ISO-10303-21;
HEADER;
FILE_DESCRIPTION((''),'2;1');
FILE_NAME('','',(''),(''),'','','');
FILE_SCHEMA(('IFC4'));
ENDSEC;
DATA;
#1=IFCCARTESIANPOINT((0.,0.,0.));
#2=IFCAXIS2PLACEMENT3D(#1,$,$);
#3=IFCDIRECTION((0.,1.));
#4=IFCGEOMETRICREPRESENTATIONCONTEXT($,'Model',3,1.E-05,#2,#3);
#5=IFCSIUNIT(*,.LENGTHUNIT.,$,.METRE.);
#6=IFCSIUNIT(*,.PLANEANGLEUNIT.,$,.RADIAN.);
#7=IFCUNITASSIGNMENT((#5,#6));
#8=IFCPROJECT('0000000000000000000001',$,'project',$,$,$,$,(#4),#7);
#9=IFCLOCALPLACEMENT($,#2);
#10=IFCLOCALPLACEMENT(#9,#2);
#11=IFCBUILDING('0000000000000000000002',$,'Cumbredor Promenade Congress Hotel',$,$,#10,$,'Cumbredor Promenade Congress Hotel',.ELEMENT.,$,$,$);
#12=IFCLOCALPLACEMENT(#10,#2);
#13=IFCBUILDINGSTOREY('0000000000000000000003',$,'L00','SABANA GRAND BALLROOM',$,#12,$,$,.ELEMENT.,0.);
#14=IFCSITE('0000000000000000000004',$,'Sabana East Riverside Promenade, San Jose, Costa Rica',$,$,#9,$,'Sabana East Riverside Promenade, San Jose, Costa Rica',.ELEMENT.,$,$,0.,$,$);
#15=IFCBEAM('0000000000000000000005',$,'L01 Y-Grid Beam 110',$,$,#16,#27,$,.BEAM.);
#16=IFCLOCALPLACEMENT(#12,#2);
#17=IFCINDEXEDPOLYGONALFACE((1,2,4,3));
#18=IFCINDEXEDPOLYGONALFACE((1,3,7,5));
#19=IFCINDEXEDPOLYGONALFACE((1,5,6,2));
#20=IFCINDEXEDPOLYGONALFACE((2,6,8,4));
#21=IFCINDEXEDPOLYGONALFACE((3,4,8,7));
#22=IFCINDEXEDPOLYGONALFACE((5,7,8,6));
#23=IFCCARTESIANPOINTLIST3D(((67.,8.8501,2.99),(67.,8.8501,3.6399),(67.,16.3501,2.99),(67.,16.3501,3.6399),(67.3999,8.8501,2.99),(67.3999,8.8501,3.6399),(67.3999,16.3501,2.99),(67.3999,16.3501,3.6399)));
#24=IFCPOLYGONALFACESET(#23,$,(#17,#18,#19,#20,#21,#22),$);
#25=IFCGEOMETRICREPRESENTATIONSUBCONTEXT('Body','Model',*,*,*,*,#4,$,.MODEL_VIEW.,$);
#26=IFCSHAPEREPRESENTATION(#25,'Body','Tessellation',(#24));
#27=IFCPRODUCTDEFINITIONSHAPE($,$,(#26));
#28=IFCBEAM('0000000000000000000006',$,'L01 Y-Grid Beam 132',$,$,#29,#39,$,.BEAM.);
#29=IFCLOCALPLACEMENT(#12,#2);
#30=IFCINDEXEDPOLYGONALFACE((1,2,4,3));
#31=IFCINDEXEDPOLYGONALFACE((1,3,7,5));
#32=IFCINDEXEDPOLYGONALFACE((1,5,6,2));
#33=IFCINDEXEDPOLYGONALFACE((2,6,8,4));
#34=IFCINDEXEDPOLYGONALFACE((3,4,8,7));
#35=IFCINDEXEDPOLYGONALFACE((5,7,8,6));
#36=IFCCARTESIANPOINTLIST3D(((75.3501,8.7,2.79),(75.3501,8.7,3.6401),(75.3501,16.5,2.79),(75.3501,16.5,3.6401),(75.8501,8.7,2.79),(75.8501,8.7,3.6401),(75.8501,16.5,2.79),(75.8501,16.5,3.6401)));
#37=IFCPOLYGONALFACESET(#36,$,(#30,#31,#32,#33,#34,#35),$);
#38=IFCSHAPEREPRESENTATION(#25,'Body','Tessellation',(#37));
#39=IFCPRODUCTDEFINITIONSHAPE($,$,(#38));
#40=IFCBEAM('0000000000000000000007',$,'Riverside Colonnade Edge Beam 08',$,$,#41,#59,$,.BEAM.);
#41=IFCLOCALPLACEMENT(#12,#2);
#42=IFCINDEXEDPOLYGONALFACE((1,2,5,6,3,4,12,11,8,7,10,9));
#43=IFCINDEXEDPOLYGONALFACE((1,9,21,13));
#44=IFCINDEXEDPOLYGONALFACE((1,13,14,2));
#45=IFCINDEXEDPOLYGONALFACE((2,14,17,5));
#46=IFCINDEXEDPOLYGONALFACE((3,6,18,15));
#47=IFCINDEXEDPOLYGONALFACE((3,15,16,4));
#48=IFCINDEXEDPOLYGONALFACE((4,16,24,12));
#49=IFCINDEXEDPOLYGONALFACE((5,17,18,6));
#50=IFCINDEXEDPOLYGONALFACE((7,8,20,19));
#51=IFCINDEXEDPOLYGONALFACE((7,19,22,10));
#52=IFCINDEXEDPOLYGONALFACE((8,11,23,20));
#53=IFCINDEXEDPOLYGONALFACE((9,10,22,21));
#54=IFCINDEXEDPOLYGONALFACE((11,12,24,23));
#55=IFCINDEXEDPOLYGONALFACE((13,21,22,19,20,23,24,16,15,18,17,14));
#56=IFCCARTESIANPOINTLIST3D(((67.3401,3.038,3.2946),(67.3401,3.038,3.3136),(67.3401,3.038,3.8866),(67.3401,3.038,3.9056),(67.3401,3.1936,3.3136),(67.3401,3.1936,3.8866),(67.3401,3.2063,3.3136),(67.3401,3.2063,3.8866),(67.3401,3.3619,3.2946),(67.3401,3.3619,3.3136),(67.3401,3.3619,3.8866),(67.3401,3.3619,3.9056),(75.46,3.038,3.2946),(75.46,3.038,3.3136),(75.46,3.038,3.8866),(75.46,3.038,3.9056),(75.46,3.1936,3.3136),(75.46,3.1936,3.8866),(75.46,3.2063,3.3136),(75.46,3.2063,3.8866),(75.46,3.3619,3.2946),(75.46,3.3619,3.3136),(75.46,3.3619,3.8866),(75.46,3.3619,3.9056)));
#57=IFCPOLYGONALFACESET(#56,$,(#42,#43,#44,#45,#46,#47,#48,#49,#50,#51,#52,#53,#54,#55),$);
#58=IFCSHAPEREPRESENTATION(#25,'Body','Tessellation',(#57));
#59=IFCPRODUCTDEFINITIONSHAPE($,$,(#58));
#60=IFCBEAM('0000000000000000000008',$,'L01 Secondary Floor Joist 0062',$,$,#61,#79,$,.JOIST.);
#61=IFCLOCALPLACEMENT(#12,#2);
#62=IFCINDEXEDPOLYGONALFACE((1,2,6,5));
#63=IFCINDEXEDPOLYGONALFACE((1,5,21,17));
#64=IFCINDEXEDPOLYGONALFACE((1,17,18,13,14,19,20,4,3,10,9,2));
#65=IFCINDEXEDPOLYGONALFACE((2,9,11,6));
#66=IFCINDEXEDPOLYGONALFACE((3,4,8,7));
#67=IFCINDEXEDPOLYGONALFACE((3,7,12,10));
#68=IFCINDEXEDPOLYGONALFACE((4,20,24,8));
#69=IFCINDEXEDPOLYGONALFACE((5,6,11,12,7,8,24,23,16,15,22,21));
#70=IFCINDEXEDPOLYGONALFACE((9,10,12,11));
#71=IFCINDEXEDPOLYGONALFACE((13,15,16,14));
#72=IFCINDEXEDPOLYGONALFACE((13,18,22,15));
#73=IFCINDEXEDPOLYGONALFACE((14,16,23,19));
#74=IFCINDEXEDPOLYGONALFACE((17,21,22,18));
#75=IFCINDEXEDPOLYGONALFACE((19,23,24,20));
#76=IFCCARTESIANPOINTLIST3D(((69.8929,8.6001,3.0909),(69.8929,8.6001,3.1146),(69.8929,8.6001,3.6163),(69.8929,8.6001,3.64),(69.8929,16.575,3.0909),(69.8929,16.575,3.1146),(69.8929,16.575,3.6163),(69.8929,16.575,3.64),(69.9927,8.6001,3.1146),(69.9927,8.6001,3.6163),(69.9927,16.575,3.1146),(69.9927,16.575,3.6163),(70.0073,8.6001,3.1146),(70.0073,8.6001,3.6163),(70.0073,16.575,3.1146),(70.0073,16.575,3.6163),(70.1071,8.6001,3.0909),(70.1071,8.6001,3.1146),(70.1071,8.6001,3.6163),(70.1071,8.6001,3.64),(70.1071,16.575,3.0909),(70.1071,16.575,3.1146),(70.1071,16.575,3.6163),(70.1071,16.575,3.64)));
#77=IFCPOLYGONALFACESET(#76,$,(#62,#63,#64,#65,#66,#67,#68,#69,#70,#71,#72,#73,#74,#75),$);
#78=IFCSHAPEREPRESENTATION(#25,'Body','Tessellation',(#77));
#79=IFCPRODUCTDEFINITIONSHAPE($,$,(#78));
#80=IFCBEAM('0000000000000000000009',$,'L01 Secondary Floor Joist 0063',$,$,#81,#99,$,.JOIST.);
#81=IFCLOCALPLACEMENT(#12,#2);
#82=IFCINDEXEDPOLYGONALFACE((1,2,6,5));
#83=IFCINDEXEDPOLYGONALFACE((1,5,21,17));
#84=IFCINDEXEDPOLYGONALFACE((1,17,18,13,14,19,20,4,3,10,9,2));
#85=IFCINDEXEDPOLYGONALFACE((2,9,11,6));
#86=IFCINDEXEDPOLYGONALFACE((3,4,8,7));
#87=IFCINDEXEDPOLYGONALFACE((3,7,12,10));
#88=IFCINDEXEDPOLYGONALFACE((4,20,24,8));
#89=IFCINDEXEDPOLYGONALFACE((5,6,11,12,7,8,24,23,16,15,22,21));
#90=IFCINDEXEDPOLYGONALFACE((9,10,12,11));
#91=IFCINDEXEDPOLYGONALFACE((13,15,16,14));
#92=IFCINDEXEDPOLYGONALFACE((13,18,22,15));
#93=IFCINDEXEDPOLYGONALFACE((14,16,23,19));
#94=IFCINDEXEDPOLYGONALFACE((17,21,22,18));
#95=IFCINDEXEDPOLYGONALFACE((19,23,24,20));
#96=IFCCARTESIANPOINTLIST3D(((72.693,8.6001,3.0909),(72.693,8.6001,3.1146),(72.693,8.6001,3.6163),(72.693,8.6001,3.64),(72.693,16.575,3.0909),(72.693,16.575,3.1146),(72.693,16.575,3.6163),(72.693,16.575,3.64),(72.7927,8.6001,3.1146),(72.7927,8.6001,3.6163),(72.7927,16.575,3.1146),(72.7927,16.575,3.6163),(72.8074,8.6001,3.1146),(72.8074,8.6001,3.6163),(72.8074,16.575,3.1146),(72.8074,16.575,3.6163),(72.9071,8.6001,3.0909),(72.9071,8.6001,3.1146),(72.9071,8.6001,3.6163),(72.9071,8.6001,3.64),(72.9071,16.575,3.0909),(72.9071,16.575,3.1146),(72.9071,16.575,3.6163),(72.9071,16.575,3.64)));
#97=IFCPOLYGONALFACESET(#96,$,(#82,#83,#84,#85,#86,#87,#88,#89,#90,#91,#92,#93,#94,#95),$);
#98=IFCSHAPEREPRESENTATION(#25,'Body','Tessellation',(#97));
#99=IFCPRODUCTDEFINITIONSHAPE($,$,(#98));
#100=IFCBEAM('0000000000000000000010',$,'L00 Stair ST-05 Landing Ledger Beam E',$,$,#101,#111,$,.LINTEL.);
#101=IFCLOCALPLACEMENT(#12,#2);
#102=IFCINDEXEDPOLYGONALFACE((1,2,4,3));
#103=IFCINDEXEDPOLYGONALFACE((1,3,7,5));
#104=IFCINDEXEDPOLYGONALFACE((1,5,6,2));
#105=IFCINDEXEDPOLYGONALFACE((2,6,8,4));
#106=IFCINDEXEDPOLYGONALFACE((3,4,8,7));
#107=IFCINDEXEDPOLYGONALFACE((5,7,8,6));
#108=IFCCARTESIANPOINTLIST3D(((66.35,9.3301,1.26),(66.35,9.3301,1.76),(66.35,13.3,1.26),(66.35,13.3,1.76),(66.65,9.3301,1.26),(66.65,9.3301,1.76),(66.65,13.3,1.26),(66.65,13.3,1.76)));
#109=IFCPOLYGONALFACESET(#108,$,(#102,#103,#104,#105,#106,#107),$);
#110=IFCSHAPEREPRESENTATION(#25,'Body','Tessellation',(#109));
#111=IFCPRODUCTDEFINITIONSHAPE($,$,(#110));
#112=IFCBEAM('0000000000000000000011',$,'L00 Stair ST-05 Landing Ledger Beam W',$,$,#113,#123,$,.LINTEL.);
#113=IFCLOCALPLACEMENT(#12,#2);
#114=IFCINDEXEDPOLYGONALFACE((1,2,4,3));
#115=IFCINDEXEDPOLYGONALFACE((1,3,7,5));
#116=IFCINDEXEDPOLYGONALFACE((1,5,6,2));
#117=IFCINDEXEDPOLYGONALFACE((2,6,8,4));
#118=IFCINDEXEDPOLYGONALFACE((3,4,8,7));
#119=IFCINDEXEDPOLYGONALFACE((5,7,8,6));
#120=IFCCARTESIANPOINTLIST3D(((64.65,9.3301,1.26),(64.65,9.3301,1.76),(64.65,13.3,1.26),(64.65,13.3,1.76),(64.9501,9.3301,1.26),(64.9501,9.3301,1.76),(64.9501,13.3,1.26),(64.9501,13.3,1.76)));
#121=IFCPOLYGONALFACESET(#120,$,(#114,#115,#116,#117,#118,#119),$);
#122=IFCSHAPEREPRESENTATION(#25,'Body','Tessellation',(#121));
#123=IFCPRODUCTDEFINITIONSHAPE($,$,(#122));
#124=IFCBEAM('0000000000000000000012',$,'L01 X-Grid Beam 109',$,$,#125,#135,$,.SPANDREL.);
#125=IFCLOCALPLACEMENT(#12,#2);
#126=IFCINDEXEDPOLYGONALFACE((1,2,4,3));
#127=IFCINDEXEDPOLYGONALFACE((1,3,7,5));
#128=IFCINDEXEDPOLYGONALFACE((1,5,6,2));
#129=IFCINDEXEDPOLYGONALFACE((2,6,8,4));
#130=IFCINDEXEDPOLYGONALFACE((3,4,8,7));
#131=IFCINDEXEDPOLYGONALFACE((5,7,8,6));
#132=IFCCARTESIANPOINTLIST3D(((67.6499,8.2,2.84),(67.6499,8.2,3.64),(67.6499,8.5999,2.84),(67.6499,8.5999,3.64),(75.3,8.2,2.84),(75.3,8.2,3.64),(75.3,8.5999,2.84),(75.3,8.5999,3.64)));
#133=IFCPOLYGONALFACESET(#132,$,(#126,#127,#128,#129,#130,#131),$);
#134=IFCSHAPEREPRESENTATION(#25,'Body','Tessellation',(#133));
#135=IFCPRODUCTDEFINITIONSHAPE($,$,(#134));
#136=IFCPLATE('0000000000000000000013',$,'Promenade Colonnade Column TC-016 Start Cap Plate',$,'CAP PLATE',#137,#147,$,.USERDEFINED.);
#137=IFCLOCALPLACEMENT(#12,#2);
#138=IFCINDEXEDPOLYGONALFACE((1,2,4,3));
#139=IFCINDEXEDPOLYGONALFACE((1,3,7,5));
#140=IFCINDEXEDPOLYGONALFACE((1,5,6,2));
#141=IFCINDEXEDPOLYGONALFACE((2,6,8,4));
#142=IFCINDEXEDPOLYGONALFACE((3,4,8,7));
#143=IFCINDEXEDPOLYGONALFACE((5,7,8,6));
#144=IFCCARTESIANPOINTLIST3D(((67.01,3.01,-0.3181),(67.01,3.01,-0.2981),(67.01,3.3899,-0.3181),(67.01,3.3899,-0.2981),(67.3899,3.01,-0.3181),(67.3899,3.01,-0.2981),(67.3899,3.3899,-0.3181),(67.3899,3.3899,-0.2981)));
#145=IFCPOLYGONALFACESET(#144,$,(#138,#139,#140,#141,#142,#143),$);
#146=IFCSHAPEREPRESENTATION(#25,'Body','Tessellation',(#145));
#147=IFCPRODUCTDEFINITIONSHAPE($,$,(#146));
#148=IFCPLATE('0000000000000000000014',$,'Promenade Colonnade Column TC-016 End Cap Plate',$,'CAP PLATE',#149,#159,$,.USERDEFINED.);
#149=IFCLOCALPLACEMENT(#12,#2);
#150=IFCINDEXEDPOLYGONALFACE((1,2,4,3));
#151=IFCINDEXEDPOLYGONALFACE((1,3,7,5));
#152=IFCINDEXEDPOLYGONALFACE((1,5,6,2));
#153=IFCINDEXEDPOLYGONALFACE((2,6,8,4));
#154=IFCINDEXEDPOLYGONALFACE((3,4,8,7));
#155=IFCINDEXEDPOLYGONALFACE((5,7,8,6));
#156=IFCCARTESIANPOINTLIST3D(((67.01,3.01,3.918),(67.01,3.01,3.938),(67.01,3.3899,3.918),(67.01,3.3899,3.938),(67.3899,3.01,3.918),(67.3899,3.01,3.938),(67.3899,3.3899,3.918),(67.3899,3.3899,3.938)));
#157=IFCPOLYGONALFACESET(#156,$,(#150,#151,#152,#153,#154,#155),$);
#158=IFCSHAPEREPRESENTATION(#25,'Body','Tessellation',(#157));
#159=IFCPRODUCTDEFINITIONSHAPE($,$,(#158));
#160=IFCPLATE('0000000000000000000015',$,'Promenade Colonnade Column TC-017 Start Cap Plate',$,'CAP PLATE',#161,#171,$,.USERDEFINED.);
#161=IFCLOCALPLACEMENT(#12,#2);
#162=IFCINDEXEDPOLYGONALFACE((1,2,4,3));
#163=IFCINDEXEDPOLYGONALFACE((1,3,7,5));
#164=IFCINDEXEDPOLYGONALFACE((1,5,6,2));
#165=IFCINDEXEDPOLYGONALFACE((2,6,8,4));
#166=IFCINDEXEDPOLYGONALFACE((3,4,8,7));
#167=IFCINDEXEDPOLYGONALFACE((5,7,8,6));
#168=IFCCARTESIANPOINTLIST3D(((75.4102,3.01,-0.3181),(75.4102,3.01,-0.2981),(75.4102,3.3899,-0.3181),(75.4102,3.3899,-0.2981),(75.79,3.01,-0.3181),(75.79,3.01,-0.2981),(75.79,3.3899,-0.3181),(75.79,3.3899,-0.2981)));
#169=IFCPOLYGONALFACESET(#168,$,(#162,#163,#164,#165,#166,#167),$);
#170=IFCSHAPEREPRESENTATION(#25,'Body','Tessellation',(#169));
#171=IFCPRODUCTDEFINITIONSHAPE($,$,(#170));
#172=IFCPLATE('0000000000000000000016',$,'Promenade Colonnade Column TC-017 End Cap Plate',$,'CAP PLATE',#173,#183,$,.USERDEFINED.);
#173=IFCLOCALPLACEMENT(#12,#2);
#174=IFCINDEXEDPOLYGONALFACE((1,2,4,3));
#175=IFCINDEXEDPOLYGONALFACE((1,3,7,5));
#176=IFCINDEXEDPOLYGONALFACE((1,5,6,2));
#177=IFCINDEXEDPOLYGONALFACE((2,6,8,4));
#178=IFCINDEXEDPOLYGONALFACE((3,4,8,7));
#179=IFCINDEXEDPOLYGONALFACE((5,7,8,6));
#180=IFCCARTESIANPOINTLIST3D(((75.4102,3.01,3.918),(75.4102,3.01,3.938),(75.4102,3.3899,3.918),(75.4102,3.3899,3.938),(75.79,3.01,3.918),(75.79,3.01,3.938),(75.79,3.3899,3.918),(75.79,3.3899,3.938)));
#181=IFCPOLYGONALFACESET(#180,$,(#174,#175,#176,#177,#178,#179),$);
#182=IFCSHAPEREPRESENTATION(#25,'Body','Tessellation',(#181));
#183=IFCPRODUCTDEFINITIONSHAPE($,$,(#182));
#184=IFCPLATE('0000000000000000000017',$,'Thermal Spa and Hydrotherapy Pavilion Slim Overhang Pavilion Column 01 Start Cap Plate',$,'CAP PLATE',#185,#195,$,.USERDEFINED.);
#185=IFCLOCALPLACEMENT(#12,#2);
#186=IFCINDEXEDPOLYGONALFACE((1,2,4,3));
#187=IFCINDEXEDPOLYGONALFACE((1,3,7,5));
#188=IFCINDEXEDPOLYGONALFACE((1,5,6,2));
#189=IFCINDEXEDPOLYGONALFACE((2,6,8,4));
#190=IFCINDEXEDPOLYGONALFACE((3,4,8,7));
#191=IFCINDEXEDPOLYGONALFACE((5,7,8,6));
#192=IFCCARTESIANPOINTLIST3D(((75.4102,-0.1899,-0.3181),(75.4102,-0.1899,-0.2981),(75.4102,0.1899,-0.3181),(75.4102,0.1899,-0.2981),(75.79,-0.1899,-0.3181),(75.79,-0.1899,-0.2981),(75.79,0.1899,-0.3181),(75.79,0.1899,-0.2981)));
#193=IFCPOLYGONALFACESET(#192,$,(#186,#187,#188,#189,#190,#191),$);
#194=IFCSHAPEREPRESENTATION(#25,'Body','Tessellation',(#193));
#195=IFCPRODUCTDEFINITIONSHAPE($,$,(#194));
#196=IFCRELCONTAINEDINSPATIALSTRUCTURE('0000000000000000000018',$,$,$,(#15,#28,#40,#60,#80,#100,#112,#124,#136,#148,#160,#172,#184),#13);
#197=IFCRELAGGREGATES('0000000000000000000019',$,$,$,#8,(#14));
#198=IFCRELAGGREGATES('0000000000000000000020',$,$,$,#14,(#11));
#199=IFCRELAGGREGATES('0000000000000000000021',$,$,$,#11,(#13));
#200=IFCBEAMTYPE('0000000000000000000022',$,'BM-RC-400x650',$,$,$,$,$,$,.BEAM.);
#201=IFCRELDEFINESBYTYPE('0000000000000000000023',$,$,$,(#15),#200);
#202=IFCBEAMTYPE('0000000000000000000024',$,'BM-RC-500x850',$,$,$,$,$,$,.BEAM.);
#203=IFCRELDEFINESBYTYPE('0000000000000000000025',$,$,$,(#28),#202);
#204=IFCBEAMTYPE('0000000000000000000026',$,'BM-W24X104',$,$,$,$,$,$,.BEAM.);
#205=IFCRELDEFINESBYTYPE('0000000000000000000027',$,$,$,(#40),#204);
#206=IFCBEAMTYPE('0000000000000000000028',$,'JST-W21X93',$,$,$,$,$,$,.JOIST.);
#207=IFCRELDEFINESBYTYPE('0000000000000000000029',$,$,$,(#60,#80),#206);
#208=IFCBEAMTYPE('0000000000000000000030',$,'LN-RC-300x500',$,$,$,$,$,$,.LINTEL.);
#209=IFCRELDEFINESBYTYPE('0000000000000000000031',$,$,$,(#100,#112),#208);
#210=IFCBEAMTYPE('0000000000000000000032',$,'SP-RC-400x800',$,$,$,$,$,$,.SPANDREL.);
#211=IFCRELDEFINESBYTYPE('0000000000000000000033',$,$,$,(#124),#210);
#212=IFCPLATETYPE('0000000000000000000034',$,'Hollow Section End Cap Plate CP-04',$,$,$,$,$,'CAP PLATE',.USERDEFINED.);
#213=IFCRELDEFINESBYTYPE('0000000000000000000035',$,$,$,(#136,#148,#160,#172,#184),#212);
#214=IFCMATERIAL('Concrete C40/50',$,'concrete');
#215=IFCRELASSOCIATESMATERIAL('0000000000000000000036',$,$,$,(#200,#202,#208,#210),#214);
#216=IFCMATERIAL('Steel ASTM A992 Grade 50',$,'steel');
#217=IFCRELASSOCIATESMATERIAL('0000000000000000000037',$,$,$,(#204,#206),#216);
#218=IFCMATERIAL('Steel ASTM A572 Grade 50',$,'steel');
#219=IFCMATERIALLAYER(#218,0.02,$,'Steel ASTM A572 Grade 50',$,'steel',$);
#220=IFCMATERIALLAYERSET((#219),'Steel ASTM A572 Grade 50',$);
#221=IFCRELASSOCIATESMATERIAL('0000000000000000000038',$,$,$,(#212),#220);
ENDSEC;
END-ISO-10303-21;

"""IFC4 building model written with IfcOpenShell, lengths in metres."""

from ifc_helpers import new_model, si_unit, direction, frame, origin, origin_2d, place, context, subcontext, project, spatial, rectangle, i_section, extrude, material, layer, layer_set, material_profile, profile_set, type_object, element, save


model = new_model("IFC4")

# Units and contexts
model_context = context("Model", 3, precision=1e-05, world=origin(), true_north=direction((0.0, 1.0)))
body_context = subcontext(model_context, "Body", "Model", "MODEL_VIEW")
ifc_project = project(units=[si_unit("LENGTHUNIT", "METRE"), si_unit("PLANEANGLEUNIT", "RADIAN")], contexts=[model_context])

# Site, building, storey
site_placement = place(None, origin())
site = spatial("IfcSite", under=ifc_project, at=site_placement, Name="Sabana East Riverside Promenade, San Jose, Costa Rica", LongName="Sabana East Riverside Promenade, San Jose, Costa Rica", CompositionType="ELEMENT", RefElevation=0.0)
building_placement = place(site_placement, origin())
building = spatial("IfcBuilding", under=site, at=building_placement, Name="Cumbredor Promenade Congress Hotel", LongName="Cumbredor Promenade Congress Hotel", CompositionType="ELEMENT")
storey_placement = place(building_placement, origin())
storey = spatial("IfcBuildingStorey", under=building, at=storey_placement, Name="L00", Description="SABANA GRAND BALLROOM", CompositionType="ELEMENT", Elevation=0.0)

# Shared definitions
ifc_material_1 = material(Name="Concrete C40/50", Category="concrete")

# Beams
ifc_material_profile_1 = material_profile(ifc_material_1, rectangle(XDim=0.3999, YDim=0.6499, at=origin_2d()), Name="RC BEAM 400x650")
ifc_profile_set_1 = profile_set([ifc_material_profile_1], Name="Concrete C40/50")
beam_type_1 = type_object("IfcBeamType", Name="BM-RC-400x650", PredefinedType="BEAM", material=ifc_profile_set_1)
beam_1_placement = place(storey_placement, frame((67.2, 8.8501, 3.3149), z_axis=(0.0, 1.0, 0.0), x_axis=(-1.0, 0.0, 0.0)))
element("IfcBeam", 1, at=beam_1_placement, inside=storey, type_object=beam_type_1, Name="L01 Y-Grid Beam 110", PredefinedType="BEAM", context=body_context, shape_type="SweptSolid", body=[
    extrude(rectangle(XDim=0.3999, YDim=0.6499, at=origin_2d()), origin(), (0.0, 0.0, 1.0), 7.5),
])
ifc_material_profile_2 = material_profile(ifc_material_1, rectangle(XDim=0.5, YDim=0.8501, at=origin_2d()), Name="RC BEAM 500x850")
ifc_profile_set_2 = profile_set([ifc_material_profile_2], Name="Concrete C40/50")
beam_type_2 = type_object("IfcBeamType", Name="BM-RC-500x850", PredefinedType="BEAM", material=ifc_profile_set_2)
beam_2_placement = place(storey_placement, frame((75.6001, 8.7, 3.2151), z_axis=(0.0, 1.0, 0.0), x_axis=(-1.0, 0.0, 0.0)))
element("IfcBeam", 2, at=beam_2_placement, inside=storey, type_object=beam_type_2, Name="L01 Y-Grid Beam 132", PredefinedType="BEAM", context=body_context, shape_type="SweptSolid", body=[
    extrude(rectangle(XDim=0.5, YDim=0.8501, at=origin_2d()), origin(), (0.0, 0.0, 1.0), 7.8),
])
ifc_material_2 = material(Name="Steel ASTM A992 Grade 50", Category="steel")
ifc_material_profile_3 = material_profile(ifc_material_2, i_section(OverallWidth=0.324, OverallDepth=0.6111, WebThickness=0.0127, FlangeThickness=0.019, at=origin_2d()), Name="W24X104")
ifc_profile_set_3 = profile_set([ifc_material_profile_3], Name="Steel ASTM A992 Grade 50")
beam_type_3 = type_object("IfcBeamType", Name="BM-W24X104", PredefinedType="BEAM", material=ifc_profile_set_3)
beam_3_placement = place(storey_placement, frame((67.3401, 3.2, 3.6001), z_axis=(1.0, 0.0, 0.0), x_axis=(0.0, 1.0, 0.0)))
element("IfcBeam", 3, at=beam_3_placement, inside=storey, type_object=beam_type_3, Name="Riverside Colonnade Edge Beam 08", PredefinedType="BEAM", context=body_context, shape_type="SweptSolid", body=[
    extrude(i_section(OverallWidth=0.324, OverallDepth=0.6111, WebThickness=0.0127, FlangeThickness=0.019, at=origin_2d()), origin(), (0.0, 0.0, 1.0), 8.1199),
])
ifc_material_profile_4 = material_profile(ifc_material_2, i_section(OverallWidth=0.2141, OverallDepth=0.5491, WebThickness=0.0146, FlangeThickness=0.0237, at=origin_2d()), Name="W21X93")
ifc_profile_set_4 = profile_set([ifc_material_profile_4], Name="Steel ASTM A992 Grade 50")
beam_type_4 = type_object("IfcBeamType", Name="JST-W21X93", PredefinedType="JOIST", material=ifc_profile_set_4)
for number, where, z_axis, x_axis, name in (
    (4, (70.0, 8.6001, 3.3655), (0.0, 1.0, 0.0), (-1.0, 0.0, 0.0), "L01 Secondary Floor Joist 0062"),
    (5, (72.8, 8.6001, 3.3655), (0.0, 1.0, 0.0), (-1.0, 0.0, 0.0), "L01 Secondary Floor Joist 0063"),
):
    element("IfcBeam", number, at=place(storey_placement, frame(where, z_axis=z_axis, x_axis=x_axis)), inside=storey, type_object=beam_type_4, Name=name, PredefinedType="JOIST", context=body_context, shape_type="SweptSolid", body=[
        extrude(i_section(OverallWidth=0.2141, OverallDepth=0.5491, WebThickness=0.0146, FlangeThickness=0.0237, at=origin_2d()), origin(), (0.0, 0.0, 1.0), 7.9749),
    ])
ifc_material_profile_5 = material_profile(ifc_material_1, rectangle(XDim=0.3, YDim=0.5, at=origin_2d()), Name="RC LINTEL 300x500")
ifc_profile_set_5 = profile_set([ifc_material_profile_5], Name="Concrete C40/50")
beam_type_5 = type_object("IfcBeamType", Name="LN-RC-300x500", PredefinedType="LINTEL", material=ifc_profile_set_5)
for number, where, z_axis, x_axis, name in (
    (6, (66.5, 9.3301, 1.51), (0.0, 1.0, 0.0), (-1.0, 0.0, 0.0), "L00 Stair ST-05 Landing Ledger Beam E"),
    (7, (64.8, 9.3301, 1.51), (0.0, 1.0, 0.0), (-1.0, 0.0, 0.0), "L00 Stair ST-05 Landing Ledger Beam W"),
):
    element("IfcBeam", number, at=place(storey_placement, frame(where, z_axis=z_axis, x_axis=x_axis)), inside=storey, type_object=beam_type_5, Name=name, PredefinedType="LINTEL", context=body_context, shape_type="SweptSolid", body=[
        extrude(rectangle(XDim=0.3, YDim=0.5, at=origin_2d()), origin(), (0.0, 0.0, 1.0), 3.97),
    ])
ifc_material_profile_6 = material_profile(ifc_material_1, rectangle(XDim=0.3999, YDim=0.8, at=origin_2d()), Name="RC SPANDREL 400x800")
ifc_profile_set_6 = profile_set([ifc_material_profile_6], Name="Concrete C40/50")
beam_type_6 = type_object("IfcBeamType", Name="SP-RC-400x800", PredefinedType="SPANDREL", material=ifc_profile_set_6)
beam_4_placement = place(storey_placement, frame((67.6499, 8.3999, 3.24), z_axis=(1.0, 0.0, 0.0), x_axis=(0.0, 1.0, 0.0)))
element("IfcBeam", 8, at=beam_4_placement, inside=storey, type_object=beam_type_6, Name="L01 X-Grid Beam 109", PredefinedType="SPANDREL", context=body_context, shape_type="SweptSolid", body=[
    extrude(rectangle(XDim=0.3999, YDim=0.8, at=origin_2d()), origin(), (0.0, 0.0, 1.0), 7.6501),
])

# Plates
ifc_material_3 = material(Name="Steel ASTM A572 Grade 50", Category="steel")
ifc_layer_1 = layer(ifc_material_3, 0.02, Name="Steel ASTM A572 Grade 50", Category="steel")
ifc_layer_set_1 = layer_set([ifc_layer_1], Name="Steel ASTM A572 Grade 50")
plate_type = type_object("IfcPlateType", Name="Hollow Section End Cap Plate CP-04", ElementType="CAP PLATE", PredefinedType="USERDEFINED", material=ifc_layer_set_1)
for number, where, z_axis, x_axis, name in (
    (9, (67.2, 3.2, -0.3181), (0.0, 0.0, 1.0), (1.0, 0.0, 0.0), "Promenade Colonnade Column TC-016 Start Cap Plate"),
    (10, (67.2, 3.2, 3.918), (0.0, 0.0, 1.0), (1.0, 0.0, 0.0), "Promenade Colonnade Column TC-016 End Cap Plate"),
    (11, (75.6001, 3.2, -0.3181), (0.0, 0.0, 1.0), (1.0, 0.0, 0.0), "Promenade Colonnade Column TC-017 Start Cap Plate"),
    (12, (75.6001, 3.2, 3.918), (0.0, 0.0, 1.0), (1.0, 0.0, 0.0), "Promenade Colonnade Column TC-017 End Cap Plate"),
    (13, (75.6001, 0.0, -0.3181), (0.0, 0.0, 1.0), (1.0, 0.0, 0.0), "Thermal Spa and Hydrotherapy Pavilion Slim Overhang Pavilion Column 01 Start Cap Plate"),
):
    element("IfcPlate", number, at=place(storey_placement, frame(where, z_axis=z_axis, x_axis=x_axis)), inside=storey, type_object=plate_type, Name=name, ObjectType="CAP PLATE", PredefinedType="USERDEFINED", context=body_context, shape_type="SweptSolid", body=[
        extrude(rectangle(XDim=0.3799, YDim=0.3799, at=origin_2d()), origin(), (0.0, 0.0, 1.0), 0.02),
    ])

save(model, "model.ifc")
